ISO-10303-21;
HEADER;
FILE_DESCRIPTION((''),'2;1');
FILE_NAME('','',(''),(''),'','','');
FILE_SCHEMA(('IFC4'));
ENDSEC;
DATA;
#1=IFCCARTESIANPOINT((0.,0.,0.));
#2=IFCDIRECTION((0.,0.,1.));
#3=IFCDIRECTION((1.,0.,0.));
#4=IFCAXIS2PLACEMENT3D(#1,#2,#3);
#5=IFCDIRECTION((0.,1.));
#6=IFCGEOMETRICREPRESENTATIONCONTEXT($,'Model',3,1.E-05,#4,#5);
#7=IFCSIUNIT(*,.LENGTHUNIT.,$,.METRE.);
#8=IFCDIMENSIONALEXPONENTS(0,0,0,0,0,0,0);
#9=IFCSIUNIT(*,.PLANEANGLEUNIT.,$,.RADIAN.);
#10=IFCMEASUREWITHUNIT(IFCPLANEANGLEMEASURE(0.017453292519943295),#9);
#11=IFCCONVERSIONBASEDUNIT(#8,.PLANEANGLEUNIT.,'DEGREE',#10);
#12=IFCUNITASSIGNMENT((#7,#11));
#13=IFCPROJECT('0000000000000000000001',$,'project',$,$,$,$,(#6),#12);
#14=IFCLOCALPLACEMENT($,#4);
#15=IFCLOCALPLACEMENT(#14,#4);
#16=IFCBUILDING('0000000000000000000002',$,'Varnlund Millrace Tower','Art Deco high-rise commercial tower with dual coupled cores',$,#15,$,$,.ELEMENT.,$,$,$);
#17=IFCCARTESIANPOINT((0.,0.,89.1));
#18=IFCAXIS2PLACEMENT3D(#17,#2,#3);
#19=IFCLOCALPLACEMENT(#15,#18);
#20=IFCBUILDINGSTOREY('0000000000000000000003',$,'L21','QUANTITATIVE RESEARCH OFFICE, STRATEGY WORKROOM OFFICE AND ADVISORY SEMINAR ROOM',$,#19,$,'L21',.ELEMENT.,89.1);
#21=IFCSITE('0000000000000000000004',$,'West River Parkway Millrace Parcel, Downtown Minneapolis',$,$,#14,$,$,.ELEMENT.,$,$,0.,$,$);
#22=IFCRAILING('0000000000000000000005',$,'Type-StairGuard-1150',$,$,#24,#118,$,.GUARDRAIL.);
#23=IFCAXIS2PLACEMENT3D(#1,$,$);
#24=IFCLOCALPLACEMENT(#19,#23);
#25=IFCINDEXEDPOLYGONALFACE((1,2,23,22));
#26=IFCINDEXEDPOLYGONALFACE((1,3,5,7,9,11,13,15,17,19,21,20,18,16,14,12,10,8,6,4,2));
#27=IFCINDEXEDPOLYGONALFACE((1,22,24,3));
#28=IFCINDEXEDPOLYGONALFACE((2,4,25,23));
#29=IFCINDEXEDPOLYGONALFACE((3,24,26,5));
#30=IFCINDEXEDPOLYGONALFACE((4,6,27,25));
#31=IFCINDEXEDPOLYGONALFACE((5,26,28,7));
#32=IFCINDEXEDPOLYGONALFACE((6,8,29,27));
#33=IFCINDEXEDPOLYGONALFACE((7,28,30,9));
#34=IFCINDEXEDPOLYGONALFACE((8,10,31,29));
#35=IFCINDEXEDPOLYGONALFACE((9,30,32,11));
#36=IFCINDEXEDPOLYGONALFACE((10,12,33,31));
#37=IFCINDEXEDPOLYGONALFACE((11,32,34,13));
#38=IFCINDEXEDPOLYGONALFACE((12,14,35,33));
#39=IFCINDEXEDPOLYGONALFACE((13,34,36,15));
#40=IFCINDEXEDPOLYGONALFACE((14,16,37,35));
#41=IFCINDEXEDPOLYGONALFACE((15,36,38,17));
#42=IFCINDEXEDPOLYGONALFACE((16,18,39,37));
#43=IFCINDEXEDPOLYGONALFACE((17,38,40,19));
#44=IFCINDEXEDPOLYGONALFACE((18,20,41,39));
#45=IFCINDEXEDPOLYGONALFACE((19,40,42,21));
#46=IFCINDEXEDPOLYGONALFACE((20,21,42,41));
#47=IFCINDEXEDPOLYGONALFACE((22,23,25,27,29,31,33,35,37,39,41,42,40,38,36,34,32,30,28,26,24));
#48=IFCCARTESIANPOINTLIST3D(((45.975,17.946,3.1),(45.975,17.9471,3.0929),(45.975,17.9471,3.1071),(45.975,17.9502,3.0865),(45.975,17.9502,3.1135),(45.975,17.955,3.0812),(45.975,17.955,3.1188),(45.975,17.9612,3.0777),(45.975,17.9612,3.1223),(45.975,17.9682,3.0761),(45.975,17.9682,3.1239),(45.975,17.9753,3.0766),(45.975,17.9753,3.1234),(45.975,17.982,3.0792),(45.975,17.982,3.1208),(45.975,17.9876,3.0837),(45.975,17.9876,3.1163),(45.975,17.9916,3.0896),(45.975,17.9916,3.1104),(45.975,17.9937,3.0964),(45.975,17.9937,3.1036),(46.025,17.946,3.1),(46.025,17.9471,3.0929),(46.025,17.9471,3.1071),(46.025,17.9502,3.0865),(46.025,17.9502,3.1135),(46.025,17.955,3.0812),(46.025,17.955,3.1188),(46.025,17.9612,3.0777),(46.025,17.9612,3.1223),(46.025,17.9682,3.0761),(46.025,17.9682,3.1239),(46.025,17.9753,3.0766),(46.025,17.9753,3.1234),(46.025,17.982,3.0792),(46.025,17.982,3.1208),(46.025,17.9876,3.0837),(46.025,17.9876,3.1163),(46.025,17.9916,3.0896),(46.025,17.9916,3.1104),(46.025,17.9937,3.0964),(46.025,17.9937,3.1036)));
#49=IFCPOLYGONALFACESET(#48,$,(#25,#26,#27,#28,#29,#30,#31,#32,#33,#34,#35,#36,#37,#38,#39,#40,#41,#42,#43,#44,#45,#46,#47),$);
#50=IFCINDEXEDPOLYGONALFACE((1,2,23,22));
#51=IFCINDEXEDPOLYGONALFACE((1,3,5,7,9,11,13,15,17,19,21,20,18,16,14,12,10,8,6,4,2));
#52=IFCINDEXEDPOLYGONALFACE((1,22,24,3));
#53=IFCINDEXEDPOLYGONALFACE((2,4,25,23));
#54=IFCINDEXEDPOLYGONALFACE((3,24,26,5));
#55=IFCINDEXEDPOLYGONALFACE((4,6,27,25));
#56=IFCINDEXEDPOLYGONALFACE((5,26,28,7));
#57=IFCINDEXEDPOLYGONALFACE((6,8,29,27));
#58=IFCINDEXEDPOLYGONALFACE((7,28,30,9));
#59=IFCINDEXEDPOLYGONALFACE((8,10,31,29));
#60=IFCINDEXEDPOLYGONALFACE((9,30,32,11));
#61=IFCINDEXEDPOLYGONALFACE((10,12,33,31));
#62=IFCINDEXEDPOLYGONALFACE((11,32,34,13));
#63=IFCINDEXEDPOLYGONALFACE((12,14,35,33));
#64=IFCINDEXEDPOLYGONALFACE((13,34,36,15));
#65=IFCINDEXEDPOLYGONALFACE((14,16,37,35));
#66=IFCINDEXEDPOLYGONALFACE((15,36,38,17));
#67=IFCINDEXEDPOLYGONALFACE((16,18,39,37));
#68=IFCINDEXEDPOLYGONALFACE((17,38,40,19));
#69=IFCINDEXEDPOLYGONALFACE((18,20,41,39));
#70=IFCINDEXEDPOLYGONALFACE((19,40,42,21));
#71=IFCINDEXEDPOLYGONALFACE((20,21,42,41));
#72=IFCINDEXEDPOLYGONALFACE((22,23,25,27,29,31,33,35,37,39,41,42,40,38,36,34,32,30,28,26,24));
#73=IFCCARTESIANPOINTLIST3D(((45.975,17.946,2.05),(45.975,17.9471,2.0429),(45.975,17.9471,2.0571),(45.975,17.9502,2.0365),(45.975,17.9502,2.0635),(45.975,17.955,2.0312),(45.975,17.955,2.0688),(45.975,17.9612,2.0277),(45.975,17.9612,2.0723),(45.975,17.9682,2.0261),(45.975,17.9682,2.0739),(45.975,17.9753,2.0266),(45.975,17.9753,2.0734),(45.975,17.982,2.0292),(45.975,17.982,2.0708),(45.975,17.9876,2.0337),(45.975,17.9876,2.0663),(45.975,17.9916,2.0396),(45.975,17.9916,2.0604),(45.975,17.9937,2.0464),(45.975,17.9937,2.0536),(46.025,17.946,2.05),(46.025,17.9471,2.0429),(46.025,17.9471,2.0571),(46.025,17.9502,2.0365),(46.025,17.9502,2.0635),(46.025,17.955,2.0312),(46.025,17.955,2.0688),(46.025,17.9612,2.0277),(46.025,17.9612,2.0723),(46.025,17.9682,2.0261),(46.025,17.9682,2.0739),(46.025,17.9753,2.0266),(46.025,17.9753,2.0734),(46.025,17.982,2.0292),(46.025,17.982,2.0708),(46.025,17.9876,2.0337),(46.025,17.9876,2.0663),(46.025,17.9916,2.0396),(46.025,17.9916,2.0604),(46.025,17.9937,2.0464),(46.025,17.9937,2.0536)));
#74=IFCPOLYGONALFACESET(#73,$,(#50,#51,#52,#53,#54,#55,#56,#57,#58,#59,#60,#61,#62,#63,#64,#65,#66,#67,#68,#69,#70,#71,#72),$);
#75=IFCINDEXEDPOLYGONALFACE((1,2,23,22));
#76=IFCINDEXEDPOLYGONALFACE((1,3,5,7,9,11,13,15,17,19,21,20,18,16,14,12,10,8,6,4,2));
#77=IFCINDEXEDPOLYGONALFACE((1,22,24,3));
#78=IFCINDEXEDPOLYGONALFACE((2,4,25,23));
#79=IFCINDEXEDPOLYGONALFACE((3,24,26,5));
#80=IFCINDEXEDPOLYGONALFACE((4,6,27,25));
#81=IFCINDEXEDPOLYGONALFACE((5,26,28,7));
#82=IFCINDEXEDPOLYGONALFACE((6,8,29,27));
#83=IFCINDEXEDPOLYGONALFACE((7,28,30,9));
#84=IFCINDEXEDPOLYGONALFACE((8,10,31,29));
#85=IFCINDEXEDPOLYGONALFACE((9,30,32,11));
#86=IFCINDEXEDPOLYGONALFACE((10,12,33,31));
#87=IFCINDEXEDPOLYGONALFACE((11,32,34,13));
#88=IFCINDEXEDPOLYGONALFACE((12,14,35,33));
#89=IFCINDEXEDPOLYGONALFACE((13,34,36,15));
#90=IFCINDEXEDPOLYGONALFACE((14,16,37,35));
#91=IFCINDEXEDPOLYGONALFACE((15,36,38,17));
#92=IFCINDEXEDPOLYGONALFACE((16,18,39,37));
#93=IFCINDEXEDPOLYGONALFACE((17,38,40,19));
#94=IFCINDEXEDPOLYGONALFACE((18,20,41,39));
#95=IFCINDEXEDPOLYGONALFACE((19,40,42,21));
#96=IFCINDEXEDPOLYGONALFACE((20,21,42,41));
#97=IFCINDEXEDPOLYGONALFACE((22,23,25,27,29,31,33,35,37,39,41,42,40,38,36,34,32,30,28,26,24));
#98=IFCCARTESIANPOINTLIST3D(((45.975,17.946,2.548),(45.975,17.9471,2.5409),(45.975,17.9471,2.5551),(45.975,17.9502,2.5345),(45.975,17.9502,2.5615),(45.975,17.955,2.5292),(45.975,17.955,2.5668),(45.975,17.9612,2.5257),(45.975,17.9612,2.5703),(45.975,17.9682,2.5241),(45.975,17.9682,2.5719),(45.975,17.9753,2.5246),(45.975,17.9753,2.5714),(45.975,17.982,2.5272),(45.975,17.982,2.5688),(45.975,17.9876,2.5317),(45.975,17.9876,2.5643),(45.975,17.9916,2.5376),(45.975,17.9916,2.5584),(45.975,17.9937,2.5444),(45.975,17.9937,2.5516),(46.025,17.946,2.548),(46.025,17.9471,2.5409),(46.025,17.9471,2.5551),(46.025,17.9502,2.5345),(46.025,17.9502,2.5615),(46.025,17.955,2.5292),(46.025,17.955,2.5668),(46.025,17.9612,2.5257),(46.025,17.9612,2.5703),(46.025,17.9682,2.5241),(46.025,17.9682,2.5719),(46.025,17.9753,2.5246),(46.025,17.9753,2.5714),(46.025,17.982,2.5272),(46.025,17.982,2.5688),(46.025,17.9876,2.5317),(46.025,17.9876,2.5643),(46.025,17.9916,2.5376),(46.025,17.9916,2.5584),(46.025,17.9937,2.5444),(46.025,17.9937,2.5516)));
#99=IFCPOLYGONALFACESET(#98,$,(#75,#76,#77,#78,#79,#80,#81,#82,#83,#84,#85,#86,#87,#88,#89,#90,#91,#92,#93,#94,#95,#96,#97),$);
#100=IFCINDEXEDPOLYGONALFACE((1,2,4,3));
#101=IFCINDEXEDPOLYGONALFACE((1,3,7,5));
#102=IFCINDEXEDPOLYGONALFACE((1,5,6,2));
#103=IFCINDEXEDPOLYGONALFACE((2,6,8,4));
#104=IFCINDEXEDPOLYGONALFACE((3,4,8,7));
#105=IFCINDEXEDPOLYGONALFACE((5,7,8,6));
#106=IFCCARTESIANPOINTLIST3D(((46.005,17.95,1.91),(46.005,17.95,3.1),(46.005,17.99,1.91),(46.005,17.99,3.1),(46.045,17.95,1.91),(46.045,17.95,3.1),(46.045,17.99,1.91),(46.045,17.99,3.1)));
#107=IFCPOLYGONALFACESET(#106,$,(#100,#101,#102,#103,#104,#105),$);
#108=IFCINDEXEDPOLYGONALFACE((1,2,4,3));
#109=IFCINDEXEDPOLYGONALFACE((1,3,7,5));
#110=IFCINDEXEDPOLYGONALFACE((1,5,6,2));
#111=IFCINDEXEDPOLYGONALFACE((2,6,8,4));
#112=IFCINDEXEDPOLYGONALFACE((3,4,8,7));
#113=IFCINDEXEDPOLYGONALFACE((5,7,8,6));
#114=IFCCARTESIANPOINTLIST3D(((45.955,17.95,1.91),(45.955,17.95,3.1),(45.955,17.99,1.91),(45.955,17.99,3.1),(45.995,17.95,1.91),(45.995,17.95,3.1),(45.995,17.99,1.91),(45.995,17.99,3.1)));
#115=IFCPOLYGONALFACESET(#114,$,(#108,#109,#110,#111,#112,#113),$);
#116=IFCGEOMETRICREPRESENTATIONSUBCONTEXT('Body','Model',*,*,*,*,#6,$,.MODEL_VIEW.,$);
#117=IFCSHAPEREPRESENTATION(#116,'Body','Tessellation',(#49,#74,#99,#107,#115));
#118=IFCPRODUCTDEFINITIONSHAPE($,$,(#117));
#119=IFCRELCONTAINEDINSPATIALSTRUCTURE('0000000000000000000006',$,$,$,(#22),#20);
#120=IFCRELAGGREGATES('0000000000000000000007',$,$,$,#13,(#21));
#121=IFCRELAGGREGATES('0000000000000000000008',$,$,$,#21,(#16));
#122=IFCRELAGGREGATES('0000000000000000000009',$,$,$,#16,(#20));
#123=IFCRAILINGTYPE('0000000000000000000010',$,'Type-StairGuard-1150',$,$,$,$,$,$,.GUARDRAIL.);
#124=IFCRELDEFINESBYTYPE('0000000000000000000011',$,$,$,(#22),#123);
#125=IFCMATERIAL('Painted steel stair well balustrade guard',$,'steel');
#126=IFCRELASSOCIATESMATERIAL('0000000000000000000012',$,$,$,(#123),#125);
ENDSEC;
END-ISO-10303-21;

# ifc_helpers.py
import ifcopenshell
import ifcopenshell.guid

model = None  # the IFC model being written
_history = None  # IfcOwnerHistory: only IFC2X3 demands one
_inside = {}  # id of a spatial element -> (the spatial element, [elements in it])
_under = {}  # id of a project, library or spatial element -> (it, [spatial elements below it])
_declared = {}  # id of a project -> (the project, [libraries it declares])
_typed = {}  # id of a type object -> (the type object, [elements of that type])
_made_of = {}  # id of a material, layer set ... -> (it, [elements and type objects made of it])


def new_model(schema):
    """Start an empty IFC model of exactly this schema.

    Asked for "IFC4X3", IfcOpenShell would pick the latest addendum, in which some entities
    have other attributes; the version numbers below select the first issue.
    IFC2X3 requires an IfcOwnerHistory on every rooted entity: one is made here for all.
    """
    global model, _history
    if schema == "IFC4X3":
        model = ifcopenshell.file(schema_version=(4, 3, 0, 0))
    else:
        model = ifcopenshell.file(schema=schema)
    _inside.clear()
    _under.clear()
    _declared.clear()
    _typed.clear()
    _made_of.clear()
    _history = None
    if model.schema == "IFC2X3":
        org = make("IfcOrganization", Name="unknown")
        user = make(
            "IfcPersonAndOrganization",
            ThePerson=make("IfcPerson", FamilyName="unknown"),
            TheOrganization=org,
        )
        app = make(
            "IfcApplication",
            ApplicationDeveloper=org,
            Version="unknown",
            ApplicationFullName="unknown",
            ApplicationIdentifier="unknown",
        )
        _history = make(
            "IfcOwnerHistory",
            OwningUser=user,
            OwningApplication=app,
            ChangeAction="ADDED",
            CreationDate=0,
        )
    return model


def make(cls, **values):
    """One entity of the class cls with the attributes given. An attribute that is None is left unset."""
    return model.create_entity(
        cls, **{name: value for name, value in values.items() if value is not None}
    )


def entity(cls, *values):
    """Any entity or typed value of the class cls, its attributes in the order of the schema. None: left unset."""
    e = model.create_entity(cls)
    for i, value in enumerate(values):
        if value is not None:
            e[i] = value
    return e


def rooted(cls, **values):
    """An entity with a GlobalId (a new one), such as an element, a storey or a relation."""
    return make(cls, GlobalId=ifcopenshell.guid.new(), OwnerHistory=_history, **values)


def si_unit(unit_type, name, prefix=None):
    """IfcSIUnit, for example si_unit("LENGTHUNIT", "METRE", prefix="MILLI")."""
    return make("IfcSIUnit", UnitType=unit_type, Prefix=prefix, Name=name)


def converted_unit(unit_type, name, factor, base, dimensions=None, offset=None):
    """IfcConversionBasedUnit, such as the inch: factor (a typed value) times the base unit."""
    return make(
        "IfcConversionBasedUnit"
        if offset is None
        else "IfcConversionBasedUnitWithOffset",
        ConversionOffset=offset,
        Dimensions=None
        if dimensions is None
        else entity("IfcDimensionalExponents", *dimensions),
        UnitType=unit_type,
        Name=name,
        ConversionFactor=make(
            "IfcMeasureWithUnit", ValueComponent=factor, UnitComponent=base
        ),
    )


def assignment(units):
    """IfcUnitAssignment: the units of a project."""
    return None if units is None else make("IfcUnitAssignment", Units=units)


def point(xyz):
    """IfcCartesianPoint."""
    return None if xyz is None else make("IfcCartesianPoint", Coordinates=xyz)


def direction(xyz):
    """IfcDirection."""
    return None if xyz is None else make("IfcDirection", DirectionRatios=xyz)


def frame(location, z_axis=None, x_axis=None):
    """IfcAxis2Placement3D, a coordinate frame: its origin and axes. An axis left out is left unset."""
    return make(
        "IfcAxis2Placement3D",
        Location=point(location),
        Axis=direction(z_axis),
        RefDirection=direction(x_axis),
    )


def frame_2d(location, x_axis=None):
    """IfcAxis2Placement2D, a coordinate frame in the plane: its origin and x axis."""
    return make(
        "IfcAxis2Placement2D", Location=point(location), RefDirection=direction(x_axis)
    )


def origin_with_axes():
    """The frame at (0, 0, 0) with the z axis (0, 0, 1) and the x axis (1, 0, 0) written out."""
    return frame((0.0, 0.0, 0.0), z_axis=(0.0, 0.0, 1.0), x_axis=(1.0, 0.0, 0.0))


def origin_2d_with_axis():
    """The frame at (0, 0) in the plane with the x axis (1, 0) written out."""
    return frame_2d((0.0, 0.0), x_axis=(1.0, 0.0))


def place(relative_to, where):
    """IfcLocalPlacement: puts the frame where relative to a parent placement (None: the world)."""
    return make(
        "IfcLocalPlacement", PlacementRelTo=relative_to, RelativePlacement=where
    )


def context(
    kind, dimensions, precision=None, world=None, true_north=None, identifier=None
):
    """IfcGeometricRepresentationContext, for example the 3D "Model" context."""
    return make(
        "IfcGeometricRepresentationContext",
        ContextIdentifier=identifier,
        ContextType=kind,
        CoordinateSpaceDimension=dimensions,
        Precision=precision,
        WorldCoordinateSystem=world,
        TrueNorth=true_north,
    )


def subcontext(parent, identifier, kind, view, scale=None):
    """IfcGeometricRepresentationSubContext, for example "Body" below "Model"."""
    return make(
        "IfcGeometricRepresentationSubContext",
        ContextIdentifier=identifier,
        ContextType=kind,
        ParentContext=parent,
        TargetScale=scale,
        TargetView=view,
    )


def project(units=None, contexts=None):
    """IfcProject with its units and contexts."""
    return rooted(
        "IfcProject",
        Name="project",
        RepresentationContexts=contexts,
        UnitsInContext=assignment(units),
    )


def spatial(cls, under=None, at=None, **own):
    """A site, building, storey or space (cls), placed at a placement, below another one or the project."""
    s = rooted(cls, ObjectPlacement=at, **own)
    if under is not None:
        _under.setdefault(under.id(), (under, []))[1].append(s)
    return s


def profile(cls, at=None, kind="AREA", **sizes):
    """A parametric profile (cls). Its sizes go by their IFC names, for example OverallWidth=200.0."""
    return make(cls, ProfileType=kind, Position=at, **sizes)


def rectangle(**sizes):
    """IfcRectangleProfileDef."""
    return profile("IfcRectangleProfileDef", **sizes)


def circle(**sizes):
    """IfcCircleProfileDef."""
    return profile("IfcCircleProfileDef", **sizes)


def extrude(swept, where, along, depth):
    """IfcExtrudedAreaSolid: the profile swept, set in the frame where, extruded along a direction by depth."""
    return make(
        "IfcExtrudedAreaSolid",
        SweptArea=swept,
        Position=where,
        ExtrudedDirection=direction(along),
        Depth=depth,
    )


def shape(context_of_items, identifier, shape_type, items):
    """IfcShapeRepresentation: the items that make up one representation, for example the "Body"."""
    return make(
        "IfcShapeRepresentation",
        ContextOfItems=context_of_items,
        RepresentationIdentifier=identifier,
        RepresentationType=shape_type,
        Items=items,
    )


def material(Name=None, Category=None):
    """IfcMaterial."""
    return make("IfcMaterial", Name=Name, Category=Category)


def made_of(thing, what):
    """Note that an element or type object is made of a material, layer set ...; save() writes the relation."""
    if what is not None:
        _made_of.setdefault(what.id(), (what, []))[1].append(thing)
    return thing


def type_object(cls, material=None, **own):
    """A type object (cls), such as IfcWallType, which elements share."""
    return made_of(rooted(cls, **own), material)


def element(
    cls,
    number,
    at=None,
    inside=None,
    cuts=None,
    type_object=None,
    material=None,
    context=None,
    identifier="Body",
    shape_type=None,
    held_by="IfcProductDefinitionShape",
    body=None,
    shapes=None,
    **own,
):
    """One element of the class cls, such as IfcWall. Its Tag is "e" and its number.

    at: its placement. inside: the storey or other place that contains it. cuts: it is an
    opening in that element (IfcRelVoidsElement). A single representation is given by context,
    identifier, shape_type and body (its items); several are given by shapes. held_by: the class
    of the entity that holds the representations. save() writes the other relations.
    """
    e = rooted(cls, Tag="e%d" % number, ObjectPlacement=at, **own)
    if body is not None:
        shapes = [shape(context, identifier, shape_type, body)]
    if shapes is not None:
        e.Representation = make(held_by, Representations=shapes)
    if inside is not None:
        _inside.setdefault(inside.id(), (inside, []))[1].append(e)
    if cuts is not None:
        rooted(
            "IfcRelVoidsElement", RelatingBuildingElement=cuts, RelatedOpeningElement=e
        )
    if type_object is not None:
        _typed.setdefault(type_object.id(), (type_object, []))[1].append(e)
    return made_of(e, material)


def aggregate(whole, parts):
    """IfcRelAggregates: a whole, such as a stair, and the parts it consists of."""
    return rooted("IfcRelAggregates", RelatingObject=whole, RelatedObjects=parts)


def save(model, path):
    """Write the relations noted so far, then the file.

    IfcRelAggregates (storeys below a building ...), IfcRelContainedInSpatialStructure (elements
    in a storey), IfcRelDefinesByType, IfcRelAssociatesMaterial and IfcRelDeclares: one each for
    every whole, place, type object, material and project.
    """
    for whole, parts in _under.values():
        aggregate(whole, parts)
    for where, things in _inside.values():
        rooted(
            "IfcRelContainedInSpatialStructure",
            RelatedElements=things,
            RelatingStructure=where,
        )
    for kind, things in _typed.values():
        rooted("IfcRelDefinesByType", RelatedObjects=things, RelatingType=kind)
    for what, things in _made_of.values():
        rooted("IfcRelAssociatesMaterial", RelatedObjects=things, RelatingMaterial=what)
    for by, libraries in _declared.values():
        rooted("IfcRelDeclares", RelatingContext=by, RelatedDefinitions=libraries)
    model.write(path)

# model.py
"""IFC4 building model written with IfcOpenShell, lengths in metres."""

from ifc_helpers import new_model, entity, si_unit, converted_unit, direction, frame, origin_with_axes, origin_2d_with_axis, place, context, subcontext, project, spatial, rectangle, circle, extrude, material, type_object, element, save


model = new_model("IFC4")

# Units and contexts
model_context = context("Model", 3, precision=1e-05, world=origin_with_axes(), true_north=direction((0.0, 1.0)))
body_context = subcontext(model_context, "Body", "Model", "MODEL_VIEW")
ifc_project = project(units=[si_unit("LENGTHUNIT", "METRE"), converted_unit("PLANEANGLEUNIT", "DEGREE", entity("IfcPlaneAngleMeasure", 0.017453292519943295), si_unit("PLANEANGLEUNIT", "RADIAN"), dimensions=[0, 0, 0, 0, 0, 0, 0])], contexts=[model_context])

# Site, building, storey
site_placement = place(None, origin_with_axes())
site = spatial("IfcSite", under=ifc_project, at=site_placement, Name="West River Parkway Millrace Parcel, Downtown Minneapolis", CompositionType="ELEMENT", RefElevation=0.0)
building_placement = place(site_placement, origin_with_axes())
building = spatial("IfcBuilding", under=site, at=building_placement, Name="Varnlund Millrace Tower", Description="Art Deco high-rise commercial tower with dual coupled cores", CompositionType="ELEMENT")
storey_placement = place(building_placement, frame((0.0, 0.0, 89.1), z_axis=(0.0, 0.0, 1.0), x_axis=(1.0, 0.0, 0.0)))
storey = spatial("IfcBuildingStorey", under=building, at=storey_placement, Name="L21", Description="QUANTITATIVE RESEARCH OFFICE, STRATEGY WORKROOM OFFICE AND ADVISORY SEMINAR ROOM", LongName="L21", CompositionType="ELEMENT", Elevation=89.1)

# Railing
ifc_material_1 = material(Name="Painted steel stair well balustrade guard", Category="steel")
railing_type_1 = type_object("IfcRailingType", Name="Type-StairGuard-1150", PredefinedType="GUARDRAIL", material=ifc_material_1)
railing_1_placement = place(storey_placement, frame((0.0, 0.0, -89.1), z_axis=(0.0, 0.0, 1.0), x_axis=(1.0, 0.0, 0.0)))
element("IfcRailing", 1, at=railing_1_placement, inside=storey, type_object=railing_type_1, Name="Type-StairGuard-1150", PredefinedType="GUARDRAIL", context=body_context, shape_type="SweptSolid", body=[
    extrude(circle(Radius=0.024, at=origin_2d_with_axis()), frame((46.025, 17.97, 92.2), z_axis=(-1.0, 0.0, 0.0), x_axis=(0.0, -1.0, 0.0)), (0.0, 0.0, 1.0), 0.05),
    extrude(circle(Radius=0.024, at=origin_2d_with_axis()), frame((46.025, 17.97, 91.15), z_axis=(-1.0, 0.0, 0.0), x_axis=(0.0, -1.0, 0.0)), (0.0, 0.0, 1.0), 0.05),
    extrude(circle(Radius=0.024, at=origin_2d_with_axis()), frame((46.025, 17.97, 91.648), z_axis=(-1.0, 0.0, 0.0), x_axis=(0.0, -1.0, 0.0)), (0.0, 0.0, 1.0), 0.05),
    extrude(rectangle(XDim=0.04, YDim=0.04, at=origin_2d_with_axis()), frame((46.025, 17.97, 91.01), z_axis=(0.0, 0.0, 1.0), x_axis=(1.0, 0.0, 0.0)), (0.0, 0.0, 1.0), 1.19),
    extrude(rectangle(XDim=0.04, YDim=0.04, at=origin_2d_with_axis()), frame((45.975, 17.97, 91.01), z_axis=(0.0, 0.0, 1.0), x_axis=(1.0, 0.0, 0.0)), (0.0, 0.0, 1.0), 1.19),
])

save(model, "model.ifc")
